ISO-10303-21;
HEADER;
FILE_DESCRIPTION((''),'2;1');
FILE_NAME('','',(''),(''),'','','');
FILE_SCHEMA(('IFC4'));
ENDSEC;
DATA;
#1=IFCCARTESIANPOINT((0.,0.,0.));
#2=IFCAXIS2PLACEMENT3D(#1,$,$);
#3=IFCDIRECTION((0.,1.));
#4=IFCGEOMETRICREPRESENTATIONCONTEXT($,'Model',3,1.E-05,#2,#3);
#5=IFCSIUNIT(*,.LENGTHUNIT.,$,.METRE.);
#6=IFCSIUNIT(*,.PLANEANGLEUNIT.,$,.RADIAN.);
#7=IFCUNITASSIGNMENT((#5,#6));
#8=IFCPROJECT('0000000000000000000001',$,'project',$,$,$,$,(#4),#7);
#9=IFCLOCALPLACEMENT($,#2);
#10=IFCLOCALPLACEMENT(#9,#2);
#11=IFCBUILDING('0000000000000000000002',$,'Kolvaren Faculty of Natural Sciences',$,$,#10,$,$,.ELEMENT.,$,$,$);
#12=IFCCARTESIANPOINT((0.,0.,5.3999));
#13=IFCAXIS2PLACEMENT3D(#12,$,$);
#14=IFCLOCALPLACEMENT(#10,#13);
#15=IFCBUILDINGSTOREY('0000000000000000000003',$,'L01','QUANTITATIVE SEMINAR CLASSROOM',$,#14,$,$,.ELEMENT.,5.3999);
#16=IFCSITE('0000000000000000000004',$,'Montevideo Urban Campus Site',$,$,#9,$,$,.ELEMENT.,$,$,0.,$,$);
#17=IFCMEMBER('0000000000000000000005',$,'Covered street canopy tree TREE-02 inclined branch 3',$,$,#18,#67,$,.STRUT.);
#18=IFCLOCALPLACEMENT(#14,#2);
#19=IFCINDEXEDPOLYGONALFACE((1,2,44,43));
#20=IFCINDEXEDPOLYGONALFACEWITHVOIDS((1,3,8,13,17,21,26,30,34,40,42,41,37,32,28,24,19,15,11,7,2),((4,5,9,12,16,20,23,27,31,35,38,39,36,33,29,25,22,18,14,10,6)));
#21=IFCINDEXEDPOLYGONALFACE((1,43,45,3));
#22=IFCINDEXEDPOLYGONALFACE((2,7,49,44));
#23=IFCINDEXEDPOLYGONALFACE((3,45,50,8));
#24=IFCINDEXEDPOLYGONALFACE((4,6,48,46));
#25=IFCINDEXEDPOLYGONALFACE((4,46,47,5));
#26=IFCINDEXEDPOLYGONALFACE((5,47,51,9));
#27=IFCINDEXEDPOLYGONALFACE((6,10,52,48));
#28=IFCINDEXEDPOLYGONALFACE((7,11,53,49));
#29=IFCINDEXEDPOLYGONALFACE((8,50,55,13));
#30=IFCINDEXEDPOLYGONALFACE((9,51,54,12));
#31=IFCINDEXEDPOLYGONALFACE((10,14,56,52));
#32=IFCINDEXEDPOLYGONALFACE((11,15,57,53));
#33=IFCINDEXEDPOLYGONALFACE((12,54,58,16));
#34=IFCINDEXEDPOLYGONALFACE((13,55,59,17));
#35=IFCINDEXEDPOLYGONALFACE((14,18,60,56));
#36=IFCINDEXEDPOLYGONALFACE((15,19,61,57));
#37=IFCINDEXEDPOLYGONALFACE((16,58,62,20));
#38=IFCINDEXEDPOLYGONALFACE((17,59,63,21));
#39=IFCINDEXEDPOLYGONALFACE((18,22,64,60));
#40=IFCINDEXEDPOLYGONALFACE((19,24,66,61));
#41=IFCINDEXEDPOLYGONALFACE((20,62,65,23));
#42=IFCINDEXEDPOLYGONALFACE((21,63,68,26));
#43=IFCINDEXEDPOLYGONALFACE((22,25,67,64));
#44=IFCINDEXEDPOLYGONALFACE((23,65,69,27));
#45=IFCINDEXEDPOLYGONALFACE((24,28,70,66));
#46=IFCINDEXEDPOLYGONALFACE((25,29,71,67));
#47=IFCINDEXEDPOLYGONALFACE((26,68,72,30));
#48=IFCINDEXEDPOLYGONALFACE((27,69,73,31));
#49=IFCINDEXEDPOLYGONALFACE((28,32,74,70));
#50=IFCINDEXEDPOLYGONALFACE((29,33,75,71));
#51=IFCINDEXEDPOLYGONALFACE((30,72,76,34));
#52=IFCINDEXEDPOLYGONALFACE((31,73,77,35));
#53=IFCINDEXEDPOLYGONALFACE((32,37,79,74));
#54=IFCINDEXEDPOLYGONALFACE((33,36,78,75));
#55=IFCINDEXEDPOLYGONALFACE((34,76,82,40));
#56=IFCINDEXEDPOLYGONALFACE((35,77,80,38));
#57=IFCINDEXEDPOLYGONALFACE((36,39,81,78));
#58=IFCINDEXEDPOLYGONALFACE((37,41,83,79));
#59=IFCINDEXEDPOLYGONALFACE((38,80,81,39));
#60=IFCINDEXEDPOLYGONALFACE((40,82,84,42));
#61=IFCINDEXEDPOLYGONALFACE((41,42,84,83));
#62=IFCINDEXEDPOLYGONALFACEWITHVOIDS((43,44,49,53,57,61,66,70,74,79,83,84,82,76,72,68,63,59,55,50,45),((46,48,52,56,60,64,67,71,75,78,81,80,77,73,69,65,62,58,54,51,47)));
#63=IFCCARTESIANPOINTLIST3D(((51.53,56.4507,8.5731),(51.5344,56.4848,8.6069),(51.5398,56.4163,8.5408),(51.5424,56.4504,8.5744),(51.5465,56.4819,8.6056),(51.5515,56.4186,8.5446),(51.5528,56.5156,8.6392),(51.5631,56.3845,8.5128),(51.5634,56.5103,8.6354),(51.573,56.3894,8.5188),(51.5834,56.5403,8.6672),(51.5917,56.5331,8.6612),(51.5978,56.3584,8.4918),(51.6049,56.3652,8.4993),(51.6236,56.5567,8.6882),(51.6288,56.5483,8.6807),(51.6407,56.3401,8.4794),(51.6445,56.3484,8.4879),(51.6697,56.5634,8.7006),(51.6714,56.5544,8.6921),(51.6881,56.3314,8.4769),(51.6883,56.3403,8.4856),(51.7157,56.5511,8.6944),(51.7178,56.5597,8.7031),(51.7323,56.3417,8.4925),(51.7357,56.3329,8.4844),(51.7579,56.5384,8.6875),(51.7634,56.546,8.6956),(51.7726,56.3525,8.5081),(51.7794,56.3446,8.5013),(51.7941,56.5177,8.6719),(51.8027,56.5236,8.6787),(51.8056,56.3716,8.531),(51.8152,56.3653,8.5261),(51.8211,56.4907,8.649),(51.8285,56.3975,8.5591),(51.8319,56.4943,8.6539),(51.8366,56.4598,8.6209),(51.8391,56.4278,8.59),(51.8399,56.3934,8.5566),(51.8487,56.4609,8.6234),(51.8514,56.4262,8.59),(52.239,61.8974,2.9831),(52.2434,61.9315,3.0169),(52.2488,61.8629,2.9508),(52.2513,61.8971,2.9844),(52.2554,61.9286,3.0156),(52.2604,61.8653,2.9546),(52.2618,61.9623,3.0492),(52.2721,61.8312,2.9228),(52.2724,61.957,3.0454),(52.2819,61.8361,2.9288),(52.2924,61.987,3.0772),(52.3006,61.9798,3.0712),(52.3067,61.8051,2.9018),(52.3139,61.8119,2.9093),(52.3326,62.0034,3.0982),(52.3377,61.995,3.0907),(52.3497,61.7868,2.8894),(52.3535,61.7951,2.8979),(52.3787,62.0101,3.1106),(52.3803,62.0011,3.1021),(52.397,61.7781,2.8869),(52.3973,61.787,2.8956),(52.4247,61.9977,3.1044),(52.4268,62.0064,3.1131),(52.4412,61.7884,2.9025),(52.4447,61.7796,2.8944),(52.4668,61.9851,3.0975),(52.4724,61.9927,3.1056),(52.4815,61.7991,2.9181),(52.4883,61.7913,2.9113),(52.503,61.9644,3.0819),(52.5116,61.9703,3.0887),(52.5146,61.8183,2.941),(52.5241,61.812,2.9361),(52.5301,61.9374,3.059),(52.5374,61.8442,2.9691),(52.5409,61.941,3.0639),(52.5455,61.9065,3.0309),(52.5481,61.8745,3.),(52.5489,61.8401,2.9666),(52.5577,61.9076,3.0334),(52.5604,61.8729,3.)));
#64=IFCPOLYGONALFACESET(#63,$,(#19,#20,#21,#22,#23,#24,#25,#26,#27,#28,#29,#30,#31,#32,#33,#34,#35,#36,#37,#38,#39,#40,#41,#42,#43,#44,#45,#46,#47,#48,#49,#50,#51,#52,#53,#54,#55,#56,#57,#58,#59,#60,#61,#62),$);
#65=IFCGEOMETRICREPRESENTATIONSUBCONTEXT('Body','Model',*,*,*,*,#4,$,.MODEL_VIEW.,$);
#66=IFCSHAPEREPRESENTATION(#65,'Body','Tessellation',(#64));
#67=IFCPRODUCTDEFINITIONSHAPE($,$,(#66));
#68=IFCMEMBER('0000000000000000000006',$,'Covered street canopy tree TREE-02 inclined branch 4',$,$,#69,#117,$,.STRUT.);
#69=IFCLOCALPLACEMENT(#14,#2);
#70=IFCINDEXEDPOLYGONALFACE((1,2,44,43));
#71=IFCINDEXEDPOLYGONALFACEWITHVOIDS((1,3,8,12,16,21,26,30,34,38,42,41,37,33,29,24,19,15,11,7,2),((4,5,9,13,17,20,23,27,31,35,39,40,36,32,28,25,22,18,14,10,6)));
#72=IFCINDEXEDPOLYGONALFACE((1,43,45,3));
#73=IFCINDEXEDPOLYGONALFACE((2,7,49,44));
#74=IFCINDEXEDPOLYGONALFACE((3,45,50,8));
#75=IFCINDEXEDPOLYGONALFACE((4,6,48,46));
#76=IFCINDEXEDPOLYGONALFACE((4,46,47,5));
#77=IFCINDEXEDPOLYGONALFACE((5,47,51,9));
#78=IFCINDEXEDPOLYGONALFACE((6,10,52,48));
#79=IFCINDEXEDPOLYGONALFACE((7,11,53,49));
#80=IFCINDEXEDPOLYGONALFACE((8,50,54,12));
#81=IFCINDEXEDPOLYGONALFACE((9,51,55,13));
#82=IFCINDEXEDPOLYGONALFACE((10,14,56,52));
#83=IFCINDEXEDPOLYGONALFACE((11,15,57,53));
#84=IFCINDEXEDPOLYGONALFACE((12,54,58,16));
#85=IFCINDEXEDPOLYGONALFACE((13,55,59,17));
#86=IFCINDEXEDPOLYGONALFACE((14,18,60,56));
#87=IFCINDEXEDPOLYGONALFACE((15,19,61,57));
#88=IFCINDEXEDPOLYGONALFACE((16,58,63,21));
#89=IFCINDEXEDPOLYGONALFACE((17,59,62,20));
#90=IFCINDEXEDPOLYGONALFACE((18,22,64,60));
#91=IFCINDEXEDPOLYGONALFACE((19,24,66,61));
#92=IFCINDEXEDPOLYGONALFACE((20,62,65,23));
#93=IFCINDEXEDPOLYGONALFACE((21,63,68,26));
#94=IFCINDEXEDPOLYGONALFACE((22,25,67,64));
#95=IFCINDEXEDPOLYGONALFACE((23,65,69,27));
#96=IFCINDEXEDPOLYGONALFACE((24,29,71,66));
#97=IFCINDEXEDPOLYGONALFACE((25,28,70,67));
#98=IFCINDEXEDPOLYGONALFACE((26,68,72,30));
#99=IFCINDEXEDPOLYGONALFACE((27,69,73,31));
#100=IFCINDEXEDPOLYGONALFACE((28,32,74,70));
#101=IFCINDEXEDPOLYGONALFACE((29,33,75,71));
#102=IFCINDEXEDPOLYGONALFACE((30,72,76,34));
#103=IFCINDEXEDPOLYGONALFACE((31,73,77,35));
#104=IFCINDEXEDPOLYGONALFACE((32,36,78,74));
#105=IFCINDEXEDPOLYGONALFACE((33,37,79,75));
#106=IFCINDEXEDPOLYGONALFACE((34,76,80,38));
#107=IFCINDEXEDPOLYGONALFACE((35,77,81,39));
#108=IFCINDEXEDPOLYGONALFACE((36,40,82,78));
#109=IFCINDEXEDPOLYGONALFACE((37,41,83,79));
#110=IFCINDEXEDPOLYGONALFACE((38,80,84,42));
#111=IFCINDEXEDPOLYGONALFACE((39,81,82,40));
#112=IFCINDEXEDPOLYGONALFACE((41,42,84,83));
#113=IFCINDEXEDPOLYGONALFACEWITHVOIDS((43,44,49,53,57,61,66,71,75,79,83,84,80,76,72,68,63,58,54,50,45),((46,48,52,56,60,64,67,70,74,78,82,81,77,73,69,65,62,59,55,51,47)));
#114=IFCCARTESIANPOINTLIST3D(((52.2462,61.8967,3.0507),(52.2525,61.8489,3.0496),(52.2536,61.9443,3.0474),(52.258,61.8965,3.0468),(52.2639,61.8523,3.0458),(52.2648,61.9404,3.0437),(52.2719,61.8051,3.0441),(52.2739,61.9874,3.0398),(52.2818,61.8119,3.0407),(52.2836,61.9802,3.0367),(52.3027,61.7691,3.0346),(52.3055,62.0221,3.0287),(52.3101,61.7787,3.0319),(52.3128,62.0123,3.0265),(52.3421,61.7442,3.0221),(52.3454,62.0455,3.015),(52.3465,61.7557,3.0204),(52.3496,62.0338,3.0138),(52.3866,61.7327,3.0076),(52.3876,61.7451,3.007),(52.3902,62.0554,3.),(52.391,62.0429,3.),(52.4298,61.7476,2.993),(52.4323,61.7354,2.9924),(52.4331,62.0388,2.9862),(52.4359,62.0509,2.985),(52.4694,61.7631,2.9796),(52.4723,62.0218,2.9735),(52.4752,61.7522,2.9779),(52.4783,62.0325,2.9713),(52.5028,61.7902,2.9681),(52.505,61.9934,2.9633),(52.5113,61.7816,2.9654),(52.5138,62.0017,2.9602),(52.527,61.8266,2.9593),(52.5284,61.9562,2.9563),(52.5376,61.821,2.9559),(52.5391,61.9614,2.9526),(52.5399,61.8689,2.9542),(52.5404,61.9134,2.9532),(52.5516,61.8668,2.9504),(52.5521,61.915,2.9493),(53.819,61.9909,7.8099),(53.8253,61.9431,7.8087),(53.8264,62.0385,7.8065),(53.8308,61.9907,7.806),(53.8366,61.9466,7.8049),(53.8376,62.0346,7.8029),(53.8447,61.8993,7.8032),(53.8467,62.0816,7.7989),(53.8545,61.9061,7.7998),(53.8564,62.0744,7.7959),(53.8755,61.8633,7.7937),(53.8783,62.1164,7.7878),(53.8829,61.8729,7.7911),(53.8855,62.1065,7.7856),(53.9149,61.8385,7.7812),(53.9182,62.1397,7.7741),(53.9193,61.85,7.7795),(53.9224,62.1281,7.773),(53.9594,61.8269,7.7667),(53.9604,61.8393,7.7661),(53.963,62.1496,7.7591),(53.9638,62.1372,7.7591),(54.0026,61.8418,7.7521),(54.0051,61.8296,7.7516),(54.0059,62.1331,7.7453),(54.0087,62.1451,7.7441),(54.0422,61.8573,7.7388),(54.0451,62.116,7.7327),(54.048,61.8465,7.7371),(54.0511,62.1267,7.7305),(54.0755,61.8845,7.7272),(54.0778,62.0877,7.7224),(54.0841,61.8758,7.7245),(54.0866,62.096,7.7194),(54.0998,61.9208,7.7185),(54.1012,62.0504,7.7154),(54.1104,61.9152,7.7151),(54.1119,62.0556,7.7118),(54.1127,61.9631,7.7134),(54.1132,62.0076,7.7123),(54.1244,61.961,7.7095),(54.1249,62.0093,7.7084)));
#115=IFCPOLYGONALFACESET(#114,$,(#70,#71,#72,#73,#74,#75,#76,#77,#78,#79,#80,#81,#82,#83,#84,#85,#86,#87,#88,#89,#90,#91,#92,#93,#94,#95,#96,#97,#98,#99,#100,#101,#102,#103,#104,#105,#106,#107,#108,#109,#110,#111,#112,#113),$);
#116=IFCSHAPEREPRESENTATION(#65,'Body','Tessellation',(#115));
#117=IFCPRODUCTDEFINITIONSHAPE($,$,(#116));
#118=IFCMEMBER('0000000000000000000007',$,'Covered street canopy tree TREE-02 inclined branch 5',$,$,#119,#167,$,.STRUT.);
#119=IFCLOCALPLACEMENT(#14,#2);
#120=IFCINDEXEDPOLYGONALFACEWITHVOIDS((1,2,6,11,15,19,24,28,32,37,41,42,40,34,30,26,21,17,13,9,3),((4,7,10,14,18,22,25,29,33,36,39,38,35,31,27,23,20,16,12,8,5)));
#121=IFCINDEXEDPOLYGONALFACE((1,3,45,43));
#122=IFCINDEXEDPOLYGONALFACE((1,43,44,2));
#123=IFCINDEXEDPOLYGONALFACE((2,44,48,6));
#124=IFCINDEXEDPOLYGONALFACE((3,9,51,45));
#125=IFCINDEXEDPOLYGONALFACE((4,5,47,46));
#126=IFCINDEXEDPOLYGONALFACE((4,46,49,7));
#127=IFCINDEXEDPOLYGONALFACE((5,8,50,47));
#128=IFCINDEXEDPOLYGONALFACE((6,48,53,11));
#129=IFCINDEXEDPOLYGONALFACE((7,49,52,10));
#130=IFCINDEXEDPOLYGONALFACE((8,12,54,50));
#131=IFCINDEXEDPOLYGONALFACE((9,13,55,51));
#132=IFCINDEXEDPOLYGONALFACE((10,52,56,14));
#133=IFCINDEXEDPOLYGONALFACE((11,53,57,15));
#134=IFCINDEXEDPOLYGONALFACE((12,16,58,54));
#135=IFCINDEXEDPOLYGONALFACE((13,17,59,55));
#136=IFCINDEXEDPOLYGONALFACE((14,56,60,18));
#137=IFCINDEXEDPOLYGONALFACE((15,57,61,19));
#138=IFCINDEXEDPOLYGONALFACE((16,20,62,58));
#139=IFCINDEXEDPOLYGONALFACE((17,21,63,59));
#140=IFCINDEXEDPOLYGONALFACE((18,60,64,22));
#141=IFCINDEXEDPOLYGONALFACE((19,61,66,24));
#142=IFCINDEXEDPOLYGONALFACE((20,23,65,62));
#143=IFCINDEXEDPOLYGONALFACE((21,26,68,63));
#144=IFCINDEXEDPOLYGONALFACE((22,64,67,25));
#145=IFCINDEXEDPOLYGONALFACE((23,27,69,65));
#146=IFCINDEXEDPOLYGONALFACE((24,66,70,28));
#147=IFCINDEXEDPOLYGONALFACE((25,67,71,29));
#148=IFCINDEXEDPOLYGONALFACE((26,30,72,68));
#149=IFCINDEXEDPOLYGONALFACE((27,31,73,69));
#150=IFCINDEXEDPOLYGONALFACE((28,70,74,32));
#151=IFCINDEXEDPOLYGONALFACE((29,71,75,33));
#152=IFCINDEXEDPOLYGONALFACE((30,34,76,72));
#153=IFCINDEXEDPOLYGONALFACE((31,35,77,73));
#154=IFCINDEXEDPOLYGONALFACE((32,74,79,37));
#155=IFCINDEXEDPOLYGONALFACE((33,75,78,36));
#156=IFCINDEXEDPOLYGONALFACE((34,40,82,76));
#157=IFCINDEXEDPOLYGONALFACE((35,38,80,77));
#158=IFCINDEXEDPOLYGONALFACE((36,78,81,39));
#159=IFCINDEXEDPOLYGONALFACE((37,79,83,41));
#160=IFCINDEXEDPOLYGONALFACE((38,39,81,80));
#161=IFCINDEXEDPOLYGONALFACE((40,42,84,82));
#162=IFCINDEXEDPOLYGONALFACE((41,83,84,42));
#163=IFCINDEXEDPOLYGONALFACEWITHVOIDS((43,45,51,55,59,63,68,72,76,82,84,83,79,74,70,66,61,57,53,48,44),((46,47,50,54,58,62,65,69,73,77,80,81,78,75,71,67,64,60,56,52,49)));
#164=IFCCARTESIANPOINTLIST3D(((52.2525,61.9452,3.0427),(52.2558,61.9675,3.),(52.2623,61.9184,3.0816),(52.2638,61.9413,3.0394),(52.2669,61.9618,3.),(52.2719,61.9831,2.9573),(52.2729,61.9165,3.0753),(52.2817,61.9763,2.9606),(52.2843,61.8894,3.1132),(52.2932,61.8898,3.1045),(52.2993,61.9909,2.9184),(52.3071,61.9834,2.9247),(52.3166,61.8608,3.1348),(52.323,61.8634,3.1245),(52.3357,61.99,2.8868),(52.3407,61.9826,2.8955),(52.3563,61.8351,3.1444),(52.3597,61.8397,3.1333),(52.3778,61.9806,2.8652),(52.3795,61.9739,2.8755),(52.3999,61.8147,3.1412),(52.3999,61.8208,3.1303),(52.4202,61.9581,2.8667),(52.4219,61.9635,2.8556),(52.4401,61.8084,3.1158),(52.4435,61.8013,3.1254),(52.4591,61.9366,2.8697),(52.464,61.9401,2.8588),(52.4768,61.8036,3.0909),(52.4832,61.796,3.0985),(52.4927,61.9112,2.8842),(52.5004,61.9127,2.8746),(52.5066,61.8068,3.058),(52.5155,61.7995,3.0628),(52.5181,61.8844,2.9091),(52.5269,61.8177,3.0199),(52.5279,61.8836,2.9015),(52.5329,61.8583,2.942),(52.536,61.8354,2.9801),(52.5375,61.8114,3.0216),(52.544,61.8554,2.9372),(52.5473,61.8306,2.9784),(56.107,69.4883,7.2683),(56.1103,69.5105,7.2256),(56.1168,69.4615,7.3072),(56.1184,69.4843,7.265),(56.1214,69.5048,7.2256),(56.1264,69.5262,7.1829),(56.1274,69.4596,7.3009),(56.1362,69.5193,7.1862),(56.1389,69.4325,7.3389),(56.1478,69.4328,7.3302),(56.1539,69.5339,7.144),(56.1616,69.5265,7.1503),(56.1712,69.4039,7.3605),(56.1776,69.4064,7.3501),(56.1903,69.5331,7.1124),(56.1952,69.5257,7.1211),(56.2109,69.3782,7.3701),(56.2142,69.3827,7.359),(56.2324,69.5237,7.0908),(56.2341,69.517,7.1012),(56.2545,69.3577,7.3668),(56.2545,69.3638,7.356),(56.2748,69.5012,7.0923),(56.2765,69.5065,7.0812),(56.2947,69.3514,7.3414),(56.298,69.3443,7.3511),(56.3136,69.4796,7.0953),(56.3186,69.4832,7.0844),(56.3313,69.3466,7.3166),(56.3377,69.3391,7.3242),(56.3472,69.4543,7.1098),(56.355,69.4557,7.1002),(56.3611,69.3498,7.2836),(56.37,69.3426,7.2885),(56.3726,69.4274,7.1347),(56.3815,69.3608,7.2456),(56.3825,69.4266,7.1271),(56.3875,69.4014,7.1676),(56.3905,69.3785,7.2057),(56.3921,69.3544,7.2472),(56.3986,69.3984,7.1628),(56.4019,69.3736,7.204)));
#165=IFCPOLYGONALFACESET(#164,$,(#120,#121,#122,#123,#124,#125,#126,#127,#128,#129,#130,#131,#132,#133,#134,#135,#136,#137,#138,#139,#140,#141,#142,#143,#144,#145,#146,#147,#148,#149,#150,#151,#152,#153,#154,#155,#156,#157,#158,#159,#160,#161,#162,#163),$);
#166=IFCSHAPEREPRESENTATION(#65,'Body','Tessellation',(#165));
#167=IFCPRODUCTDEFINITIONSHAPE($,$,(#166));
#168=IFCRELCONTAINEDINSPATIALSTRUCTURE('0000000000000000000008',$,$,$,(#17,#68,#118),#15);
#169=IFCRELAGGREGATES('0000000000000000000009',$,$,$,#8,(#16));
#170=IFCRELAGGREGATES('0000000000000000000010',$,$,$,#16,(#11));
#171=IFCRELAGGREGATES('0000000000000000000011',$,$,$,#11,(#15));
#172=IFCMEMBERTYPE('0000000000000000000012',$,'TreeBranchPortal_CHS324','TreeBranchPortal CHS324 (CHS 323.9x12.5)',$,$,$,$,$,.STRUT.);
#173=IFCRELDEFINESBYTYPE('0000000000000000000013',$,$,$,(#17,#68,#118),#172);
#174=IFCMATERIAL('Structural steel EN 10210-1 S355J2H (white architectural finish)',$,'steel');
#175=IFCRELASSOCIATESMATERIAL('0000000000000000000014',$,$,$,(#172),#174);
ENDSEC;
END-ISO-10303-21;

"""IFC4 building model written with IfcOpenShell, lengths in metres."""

from ifc_helpers import new_model, si_unit, direction, frame, origin, origin_2d, place, context, subcontext, project, spatial, hollow_circle, extrude, material, material_profile, profile_set, type_object, element, save


model = new_model("IFC4")

# Units and contexts
model_context = context("Model", 3, precision=1e-05, world=origin(), true_north=direction((0.0, 1.0)))
body_context = subcontext(model_context, "Body", "Model", "MODEL_VIEW")
ifc_project = project(units=[si_unit("LENGTHUNIT", "METRE"), si_unit("PLANEANGLEUNIT", "RADIAN")], contexts=[model_context])

# Site, building, storey
site_placement = place(None, origin())
site = spatial("IfcSite", under=ifc_project, at=site_placement, Name="Montevideo Urban Campus Site", CompositionType="ELEMENT", RefElevation=0.0)
building_placement = place(site_placement, origin())
building = spatial("IfcBuilding", under=site, at=building_placement, Name="Kolvaren Faculty of Natural Sciences", CompositionType="ELEMENT")
storey_placement = place(building_placement, frame((0.0, 0.0, 5.3999)))
storey = spatial("IfcBuildingStorey", under=building, at=storey_placement, Name="L01", Description="QUANTITATIVE SEMINAR CLASSROOM", CompositionType="ELEMENT", Elevation=5.3999)

# Members
ifc_material_1 = material(Name="Structural steel EN 10210-1 S355J2H (white architectural finish)", Category="steel")
ifc_material_profile_1 = material_profile(ifc_material_1, hollow_circle(Radius=0.1619, WallThickness=0.0125, at=origin_2d()), Name="CHS 323.9x12.5")
ifc_profile_set_1 = profile_set([ifc_material_profile_1], Name="Structural steel EN 10210-1 S355J2H (white architectural finish)")
member_type_1 = type_object("IfcMemberType", Name="TreeBranchPortal_CHS324", Description="TreeBranchPortal CHS324 (CHS 323.9x12.5)", PredefinedType="STRUT", material=ifc_profile_set_1)
member_1_placement = place(storey_placement, frame((52.3999, 61.8938, 3.0), z_axis=(-0.090466, -0.695005, 0.713291), x_axis=(0.991635, -0.129077, 0.0)))
element("IfcMember", 1, at=member_1_placement, inside=storey, type_object=member_type_1, Name="Covered street canopy tree TREE-02 inclined branch 3", PredefinedType="STRUT", context=body_context, shape_type="SweptSolid", body=[
    extrude(hollow_circle(Radius=0.1619, WallThickness=0.0125, at=origin_2d()), origin(), (0.0, 0.0, 1.0), 7.8369),
])
member_2_placement = place(storey_placement, frame((52.3999, 61.8938, 3.0), z_axis=(0.313731, 0.018799, 0.949326), x_axis=(-0.059812, 0.99821, 0.0)))
element("IfcMember", 2, at=member_2_placement, inside=storey, type_object=member_type_1, Name="Covered street canopy tree TREE-02 inclined branch 4", PredefinedType="STRUT", context=body_context, shape_type="SweptSolid", body=[
    extrude(hollow_circle(Radius=0.1619, WallThickness=0.0125, at=origin_2d()), origin(), (0.0, 0.0, 1.0), 5.0132),
])
member_3_placement = place(storey_placement, frame((52.3999, 61.8938, 3.0), z_axis=(0.407184, 0.796831, 0.446386), x_axis=(-0.890473, 0.455036, 0.0)))
element("IfcMember", 3, at=member_3_placement, inside=storey, type_object=member_type_1, Name="Covered street canopy tree TREE-02 inclined branch 5", PredefinedType="STRUT", context=body_context, shape_type="SweptSolid", body=[
    extrude(hollow_circle(Radius=0.1619, WallThickness=0.0125, at=origin_2d()), origin(), (0.0, 0.0, 1.0), 9.4663),
])

save(model, "model.ifc")
